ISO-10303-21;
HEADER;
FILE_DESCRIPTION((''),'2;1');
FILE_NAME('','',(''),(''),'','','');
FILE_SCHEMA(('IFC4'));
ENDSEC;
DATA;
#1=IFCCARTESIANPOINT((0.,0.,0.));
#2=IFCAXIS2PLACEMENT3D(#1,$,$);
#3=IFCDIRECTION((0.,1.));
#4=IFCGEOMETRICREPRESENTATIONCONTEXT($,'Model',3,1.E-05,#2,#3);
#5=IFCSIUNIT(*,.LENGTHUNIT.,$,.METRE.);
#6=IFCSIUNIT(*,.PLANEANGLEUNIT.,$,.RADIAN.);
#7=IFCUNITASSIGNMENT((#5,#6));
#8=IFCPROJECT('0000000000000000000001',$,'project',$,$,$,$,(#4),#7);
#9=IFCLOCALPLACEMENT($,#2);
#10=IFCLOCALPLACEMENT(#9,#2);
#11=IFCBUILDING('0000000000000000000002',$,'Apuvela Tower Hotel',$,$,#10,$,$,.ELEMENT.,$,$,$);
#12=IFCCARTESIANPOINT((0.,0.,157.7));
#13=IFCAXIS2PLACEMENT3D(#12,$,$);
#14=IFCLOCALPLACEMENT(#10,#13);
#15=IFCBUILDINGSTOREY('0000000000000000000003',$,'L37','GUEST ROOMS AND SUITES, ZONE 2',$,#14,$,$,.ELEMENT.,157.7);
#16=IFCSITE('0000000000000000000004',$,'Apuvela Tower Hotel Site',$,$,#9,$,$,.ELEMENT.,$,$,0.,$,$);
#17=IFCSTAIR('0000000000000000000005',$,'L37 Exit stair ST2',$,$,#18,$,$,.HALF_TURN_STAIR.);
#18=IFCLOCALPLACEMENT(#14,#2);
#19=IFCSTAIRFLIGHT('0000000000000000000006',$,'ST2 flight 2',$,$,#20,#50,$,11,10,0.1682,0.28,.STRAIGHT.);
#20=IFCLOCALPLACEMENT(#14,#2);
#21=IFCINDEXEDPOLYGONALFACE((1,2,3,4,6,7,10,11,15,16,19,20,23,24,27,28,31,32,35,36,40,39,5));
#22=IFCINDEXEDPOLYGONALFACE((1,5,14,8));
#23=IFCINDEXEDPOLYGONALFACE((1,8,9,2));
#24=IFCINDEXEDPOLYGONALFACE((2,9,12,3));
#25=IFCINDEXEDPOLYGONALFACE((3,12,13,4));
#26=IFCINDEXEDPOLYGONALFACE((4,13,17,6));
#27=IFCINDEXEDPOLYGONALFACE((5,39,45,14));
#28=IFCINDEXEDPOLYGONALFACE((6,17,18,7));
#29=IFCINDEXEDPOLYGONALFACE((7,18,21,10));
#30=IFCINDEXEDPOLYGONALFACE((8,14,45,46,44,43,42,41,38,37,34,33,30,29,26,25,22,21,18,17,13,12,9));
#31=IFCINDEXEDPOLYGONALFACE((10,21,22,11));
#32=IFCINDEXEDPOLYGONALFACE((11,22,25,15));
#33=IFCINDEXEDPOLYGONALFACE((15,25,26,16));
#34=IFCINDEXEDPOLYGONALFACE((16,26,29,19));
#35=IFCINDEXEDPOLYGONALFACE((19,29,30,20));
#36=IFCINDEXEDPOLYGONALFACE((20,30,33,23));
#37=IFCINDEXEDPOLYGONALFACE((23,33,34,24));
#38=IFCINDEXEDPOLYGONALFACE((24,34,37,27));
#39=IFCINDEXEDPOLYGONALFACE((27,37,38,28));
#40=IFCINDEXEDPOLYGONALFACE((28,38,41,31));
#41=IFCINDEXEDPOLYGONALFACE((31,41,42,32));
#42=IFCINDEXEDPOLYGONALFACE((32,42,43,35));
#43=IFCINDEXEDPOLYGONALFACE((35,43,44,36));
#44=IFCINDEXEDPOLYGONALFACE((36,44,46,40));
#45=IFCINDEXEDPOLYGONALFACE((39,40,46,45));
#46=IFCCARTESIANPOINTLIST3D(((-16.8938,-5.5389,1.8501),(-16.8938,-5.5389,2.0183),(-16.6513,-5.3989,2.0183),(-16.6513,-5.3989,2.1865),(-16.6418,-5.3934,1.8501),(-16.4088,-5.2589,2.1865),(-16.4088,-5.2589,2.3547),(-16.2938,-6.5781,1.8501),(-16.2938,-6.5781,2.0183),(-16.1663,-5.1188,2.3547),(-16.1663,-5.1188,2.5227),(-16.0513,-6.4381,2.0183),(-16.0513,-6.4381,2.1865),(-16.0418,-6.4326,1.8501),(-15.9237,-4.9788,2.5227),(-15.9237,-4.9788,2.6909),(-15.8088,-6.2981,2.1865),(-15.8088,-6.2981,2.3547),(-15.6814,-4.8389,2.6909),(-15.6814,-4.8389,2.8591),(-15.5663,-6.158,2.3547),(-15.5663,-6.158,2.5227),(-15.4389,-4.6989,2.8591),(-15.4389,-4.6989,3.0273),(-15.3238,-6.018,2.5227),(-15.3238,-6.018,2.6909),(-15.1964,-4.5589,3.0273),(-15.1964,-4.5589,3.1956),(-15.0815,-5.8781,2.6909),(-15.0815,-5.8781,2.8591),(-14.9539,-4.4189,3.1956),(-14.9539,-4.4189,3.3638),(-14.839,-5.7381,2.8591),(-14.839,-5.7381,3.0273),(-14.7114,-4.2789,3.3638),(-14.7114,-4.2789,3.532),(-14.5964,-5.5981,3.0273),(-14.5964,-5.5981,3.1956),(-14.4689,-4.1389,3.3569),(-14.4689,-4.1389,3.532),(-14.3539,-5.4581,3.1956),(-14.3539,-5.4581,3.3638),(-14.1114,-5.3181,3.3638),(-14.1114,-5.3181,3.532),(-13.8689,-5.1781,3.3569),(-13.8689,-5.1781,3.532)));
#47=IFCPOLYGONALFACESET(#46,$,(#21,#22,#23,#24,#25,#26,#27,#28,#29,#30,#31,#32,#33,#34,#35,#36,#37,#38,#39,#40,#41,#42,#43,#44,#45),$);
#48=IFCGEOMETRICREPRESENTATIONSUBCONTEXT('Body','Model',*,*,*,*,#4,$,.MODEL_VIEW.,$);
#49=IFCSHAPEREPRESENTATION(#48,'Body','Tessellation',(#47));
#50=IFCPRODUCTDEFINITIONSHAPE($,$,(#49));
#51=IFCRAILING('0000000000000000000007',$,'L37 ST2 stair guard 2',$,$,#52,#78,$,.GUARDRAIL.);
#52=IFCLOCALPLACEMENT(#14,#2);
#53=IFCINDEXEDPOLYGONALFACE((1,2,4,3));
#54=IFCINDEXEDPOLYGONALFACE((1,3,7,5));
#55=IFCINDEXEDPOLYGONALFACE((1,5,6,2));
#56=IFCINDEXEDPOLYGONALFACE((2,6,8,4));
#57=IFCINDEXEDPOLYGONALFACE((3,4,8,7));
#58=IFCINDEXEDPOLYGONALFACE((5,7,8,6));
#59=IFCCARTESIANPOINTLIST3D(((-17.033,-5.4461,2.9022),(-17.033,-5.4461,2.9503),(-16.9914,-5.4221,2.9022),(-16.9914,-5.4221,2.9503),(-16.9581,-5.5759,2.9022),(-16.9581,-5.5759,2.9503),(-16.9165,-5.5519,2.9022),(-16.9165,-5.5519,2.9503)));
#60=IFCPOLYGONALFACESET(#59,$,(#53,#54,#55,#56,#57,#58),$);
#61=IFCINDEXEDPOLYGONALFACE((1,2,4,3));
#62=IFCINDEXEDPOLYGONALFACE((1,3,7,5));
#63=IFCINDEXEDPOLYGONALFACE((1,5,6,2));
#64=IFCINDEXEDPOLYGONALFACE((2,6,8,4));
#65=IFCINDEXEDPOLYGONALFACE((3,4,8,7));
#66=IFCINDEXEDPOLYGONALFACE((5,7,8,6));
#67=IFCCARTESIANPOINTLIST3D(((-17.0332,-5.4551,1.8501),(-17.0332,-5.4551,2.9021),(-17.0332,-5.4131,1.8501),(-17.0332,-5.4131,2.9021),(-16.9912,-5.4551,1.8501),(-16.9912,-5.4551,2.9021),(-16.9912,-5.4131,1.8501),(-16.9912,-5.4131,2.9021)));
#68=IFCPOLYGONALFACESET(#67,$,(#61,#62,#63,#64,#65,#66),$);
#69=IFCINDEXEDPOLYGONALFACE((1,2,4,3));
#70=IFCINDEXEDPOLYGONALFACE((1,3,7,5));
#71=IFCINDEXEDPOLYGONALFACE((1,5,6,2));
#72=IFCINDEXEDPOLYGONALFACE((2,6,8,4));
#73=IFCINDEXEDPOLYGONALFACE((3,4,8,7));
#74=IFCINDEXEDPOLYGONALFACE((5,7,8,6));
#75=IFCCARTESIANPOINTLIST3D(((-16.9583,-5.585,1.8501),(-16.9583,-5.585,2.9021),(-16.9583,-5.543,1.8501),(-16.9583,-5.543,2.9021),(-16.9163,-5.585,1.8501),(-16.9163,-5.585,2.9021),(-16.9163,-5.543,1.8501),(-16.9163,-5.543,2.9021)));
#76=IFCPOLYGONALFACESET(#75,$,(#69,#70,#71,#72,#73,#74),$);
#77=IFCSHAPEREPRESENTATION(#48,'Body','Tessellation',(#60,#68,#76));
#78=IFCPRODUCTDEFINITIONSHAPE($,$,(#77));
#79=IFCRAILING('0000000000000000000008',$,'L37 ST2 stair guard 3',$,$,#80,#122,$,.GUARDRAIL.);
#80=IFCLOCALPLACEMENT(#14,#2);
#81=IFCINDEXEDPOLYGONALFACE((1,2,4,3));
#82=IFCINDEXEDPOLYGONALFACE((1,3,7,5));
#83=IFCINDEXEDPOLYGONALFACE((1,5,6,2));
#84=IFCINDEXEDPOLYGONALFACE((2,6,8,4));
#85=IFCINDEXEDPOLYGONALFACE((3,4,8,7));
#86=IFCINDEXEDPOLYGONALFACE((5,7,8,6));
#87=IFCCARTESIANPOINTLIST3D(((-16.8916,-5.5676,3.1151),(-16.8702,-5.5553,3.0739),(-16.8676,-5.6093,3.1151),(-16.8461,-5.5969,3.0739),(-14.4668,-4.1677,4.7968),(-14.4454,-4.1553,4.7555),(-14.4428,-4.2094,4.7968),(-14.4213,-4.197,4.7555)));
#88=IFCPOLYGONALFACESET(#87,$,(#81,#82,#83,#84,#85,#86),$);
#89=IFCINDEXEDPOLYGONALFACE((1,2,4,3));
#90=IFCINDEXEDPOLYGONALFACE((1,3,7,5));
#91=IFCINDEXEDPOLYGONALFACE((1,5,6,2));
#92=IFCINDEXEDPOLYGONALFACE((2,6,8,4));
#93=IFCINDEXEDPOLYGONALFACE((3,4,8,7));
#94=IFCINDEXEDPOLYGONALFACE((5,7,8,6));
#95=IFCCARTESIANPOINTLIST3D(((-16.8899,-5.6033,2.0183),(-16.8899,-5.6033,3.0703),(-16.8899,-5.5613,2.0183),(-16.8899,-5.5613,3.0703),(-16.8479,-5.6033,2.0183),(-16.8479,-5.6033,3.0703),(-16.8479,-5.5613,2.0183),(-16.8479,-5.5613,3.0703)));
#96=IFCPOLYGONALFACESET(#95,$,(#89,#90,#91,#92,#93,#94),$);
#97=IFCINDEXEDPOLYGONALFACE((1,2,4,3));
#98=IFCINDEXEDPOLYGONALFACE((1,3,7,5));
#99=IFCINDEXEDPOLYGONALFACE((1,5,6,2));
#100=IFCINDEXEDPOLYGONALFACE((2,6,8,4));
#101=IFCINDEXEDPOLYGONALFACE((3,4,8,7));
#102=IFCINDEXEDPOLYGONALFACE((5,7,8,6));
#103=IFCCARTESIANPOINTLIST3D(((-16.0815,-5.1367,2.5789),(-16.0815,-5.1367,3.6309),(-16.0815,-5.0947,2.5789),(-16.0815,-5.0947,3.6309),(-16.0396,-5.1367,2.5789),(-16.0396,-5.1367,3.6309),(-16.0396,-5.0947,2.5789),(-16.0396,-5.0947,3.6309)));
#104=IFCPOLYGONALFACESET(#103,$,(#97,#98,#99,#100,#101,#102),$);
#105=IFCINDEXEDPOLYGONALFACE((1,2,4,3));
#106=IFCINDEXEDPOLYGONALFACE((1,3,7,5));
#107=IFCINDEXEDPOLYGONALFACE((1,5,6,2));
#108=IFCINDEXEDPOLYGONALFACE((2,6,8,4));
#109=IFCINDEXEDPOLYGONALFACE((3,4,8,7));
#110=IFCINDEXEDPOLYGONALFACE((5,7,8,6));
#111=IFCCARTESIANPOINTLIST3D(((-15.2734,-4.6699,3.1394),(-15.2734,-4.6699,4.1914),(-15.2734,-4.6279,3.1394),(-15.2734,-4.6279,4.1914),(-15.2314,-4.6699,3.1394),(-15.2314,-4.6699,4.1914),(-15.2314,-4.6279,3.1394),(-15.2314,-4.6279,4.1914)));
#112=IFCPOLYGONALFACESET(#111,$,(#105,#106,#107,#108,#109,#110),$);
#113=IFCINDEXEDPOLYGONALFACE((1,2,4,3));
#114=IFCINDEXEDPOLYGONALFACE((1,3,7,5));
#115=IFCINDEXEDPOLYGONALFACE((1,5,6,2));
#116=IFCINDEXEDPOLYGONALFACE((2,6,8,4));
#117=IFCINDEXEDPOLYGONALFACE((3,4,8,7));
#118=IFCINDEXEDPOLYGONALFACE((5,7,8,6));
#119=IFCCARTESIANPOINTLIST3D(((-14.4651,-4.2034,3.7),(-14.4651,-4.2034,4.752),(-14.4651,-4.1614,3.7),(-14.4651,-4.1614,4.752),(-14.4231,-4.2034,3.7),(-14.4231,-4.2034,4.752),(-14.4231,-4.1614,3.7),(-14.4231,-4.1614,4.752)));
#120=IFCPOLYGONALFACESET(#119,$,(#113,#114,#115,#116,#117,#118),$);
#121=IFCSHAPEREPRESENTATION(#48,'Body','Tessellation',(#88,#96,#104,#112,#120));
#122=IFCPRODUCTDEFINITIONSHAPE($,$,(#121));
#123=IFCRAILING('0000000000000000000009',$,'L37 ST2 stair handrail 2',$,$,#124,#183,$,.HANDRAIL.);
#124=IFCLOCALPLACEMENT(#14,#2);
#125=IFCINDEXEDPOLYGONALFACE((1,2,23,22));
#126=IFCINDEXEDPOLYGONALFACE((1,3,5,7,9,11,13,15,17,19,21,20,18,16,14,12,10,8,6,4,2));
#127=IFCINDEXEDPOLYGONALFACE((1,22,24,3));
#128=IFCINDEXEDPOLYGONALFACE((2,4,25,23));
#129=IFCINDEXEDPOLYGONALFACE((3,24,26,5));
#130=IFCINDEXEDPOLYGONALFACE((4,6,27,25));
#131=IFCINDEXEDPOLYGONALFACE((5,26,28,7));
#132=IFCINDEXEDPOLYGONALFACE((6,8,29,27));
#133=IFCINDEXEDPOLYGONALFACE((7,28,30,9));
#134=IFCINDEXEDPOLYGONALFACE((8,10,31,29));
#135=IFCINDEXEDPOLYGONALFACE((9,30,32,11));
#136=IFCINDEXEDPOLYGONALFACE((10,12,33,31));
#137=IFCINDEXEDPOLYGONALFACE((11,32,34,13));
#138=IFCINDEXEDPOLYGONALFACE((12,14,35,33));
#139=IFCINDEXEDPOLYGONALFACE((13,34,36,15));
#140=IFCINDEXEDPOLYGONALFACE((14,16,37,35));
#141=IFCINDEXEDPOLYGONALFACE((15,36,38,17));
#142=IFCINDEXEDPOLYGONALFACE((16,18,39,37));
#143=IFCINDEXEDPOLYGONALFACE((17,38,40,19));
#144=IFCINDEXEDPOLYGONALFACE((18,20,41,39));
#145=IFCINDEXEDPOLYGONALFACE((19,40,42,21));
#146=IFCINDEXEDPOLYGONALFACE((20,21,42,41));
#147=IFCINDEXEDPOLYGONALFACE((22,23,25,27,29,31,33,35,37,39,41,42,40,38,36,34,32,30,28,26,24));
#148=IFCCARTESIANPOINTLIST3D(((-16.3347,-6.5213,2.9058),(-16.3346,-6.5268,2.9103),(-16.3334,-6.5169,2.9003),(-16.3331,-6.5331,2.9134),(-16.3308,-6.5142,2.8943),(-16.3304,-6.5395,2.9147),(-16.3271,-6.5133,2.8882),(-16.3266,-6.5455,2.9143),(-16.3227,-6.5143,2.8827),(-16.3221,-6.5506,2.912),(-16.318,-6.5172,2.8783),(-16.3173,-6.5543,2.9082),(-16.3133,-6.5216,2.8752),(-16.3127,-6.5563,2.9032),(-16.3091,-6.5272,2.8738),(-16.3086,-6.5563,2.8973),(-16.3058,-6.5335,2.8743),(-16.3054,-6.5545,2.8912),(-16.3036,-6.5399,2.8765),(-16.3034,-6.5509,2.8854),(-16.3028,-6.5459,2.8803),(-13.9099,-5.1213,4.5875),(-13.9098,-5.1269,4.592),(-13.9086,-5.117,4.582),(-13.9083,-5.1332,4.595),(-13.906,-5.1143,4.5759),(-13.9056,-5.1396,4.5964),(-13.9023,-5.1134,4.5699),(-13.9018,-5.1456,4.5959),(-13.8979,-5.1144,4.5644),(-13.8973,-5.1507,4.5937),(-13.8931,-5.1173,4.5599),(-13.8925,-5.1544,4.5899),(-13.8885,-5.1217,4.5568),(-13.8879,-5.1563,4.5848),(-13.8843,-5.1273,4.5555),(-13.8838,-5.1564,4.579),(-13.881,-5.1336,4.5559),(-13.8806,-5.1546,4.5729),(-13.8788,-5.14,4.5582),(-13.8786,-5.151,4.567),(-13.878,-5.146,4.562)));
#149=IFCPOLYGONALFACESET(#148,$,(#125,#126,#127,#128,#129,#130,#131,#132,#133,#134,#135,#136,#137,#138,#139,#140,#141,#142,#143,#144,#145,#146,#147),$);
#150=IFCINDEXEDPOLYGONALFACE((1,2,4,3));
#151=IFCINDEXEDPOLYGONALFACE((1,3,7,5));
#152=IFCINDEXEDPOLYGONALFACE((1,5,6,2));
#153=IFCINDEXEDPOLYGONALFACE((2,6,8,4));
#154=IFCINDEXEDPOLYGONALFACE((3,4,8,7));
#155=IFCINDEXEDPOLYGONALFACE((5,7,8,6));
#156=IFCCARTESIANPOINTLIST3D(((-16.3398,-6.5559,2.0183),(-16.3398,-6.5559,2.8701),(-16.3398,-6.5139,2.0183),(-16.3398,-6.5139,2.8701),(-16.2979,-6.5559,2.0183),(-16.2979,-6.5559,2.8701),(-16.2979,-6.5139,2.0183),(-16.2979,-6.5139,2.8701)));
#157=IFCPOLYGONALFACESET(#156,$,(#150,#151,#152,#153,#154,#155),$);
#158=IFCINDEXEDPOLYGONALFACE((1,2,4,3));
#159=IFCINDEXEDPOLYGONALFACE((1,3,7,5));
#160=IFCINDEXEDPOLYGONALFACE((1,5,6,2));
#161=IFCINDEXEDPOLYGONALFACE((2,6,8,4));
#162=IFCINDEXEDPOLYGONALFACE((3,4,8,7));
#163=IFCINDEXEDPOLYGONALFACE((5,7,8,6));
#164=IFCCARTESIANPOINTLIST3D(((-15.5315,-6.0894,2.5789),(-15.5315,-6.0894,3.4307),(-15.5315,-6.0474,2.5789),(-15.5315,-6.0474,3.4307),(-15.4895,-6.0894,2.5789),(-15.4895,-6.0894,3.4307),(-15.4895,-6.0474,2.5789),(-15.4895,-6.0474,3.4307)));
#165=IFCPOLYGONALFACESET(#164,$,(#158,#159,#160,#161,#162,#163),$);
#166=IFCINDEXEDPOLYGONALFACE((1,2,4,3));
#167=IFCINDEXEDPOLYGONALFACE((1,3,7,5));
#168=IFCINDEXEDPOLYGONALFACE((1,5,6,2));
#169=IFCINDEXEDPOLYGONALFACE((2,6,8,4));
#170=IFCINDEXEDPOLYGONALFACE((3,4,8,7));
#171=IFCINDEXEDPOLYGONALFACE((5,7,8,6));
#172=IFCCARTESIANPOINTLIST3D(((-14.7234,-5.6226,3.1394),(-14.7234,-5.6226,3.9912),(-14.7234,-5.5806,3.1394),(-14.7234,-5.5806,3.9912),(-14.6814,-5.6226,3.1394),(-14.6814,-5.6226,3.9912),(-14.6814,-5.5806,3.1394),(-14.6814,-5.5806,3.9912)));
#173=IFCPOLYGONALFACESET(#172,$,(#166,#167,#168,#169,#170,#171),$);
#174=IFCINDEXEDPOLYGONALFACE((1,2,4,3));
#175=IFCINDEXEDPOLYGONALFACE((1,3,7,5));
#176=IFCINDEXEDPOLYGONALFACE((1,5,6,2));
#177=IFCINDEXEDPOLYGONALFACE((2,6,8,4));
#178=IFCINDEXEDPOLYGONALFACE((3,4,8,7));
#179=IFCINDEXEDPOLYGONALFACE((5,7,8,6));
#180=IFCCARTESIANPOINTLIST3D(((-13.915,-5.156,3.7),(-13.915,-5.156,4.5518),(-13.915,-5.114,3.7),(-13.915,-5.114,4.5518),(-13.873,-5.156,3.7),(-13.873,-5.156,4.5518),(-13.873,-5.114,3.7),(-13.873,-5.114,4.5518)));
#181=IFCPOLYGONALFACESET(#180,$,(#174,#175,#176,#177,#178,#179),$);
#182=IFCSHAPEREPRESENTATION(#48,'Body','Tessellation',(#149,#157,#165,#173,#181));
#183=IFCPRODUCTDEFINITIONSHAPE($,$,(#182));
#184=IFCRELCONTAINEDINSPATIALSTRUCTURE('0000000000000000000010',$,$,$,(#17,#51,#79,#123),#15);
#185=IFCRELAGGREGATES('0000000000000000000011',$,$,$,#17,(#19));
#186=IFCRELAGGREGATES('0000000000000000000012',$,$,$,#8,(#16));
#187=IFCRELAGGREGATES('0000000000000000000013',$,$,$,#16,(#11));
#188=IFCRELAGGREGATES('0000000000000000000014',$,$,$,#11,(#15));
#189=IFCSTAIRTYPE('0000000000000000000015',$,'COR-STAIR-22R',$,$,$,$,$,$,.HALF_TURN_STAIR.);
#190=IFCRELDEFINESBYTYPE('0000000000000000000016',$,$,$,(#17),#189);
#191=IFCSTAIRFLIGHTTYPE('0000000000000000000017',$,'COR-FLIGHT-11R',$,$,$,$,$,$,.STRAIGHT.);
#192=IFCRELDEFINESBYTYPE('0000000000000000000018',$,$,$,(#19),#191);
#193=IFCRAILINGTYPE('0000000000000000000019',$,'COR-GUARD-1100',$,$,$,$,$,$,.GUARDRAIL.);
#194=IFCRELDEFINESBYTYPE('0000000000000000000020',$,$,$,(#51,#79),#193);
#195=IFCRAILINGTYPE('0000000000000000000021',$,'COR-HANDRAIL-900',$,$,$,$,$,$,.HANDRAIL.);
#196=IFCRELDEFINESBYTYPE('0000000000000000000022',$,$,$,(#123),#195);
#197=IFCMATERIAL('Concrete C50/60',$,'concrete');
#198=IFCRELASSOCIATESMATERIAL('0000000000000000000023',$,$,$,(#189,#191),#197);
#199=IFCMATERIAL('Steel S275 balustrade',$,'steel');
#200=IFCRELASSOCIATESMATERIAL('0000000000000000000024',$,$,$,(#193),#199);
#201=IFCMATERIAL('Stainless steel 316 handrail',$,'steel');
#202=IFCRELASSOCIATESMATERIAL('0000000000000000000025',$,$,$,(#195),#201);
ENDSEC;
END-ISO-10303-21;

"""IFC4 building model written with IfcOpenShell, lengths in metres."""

from ifc_helpers import new_model, si_unit, direction, frame, origin, origin_2d, place, context, subcontext, project, spatial, polyline, rectangle, circle, outline, extrude, material, type_object, element, aggregate, save


model = new_model("IFC4")

# Units and contexts
model_context = context("Model", 3, precision=1e-05, world=origin(), true_north=direction((0.0, 1.0)))
body_context = subcontext(model_context, "Body", "Model", "MODEL_VIEW")
ifc_project = project(units=[si_unit("LENGTHUNIT", "METRE"), si_unit("PLANEANGLEUNIT", "RADIAN")], contexts=[model_context])

# Site, building, storey
site_placement = place(None, origin())
site = spatial("IfcSite", under=ifc_project, at=site_placement, Name="Apuvela Tower Hotel Site", CompositionType="ELEMENT", RefElevation=0.0)
building_placement = place(site_placement, origin())
building = spatial("IfcBuilding", under=site, at=building_placement, Name="Apuvela Tower Hotel", CompositionType="ELEMENT")
storey_placement = place(building_placement, frame((0.0, 0.0, 157.7)))
storey = spatial("IfcBuildingStorey", under=building, at=storey_placement, Name="L37", Description="GUEST ROOMS AND SUITES, ZONE 2", CompositionType="ELEMENT", Elevation=157.7)

# Shared definitions
ifc_material_1 = material(Name="Concrete C50/60", Category="concrete")

# Stair, stair flight
stair_type = type_object("IfcStairType", Name="COR-STAIR-22R", PredefinedType="HALF_TURN_STAIR", material=ifc_material_1)
stair_placement = place(storey_placement, origin())
stair = element("IfcStair", 1, at=stair_placement, inside=storey, type_object=stair_type, Name="L37 Exit stair ST2", PredefinedType="HALF_TURN_STAIR")
stair_flight_type = type_object("IfcStairFlightType", Name="COR-FLIGHT-11R", PredefinedType="STRAIGHT", material=ifc_material_1)
stair_flight_placement = place(storey_placement, frame((-16.5938, -6.0586, 1.8501), z_axis=(0.0, 0.0, 1.0), x_axis=(0.866025, 0.5, 0.0)))
stair_flight = element("IfcStairFlight", 2, at=stair_flight_placement, type_object=stair_flight_type, Name="ST2 flight 2", NumberOfRisers=11, NumberOfTreads=10, PredefinedType="STRAIGHT", RiserHeight=0.1682, TreadLength=0.28, context=body_context, shape_type="SweptSolid", body=[
    extrude(outline(polyline([(0.0, 0.0), (0.0, 0.1682), (0.28, 0.1682), (0.28, 0.3364), (0.5601, 0.3364), (0.5601, 0.5046), (0.8401, 0.5046), (0.8401, 0.6726), (1.1201, 0.6726), (1.1201, 0.8408), (1.3999, 0.8408), (1.3999, 1.009), (1.6799, 1.009), (1.6799, 1.1772), (1.96, 1.1772), (1.96, 1.3455), (2.24, 1.3455), (2.24, 1.5137), (2.52, 1.5137), (2.52, 1.6819), (2.8, 1.6819), (2.8, 1.8501), (2.8, 1.5068), (0.291, 0.0), (0.0, 0.0)])), frame((0.0, 0.6001, 0.0), z_axis=(0.0, -1.0, 0.0), x_axis=(1.0, 0.0, 0.0)), (0.0, 0.0, 1.0), 1.2),
])
aggregate(stair, [stair_flight])

# Railings
ifc_material_2 = material(Name="Steel S275 balustrade", Category="steel")
railing_type_1 = type_object("IfcRailingType", Name="COR-GUARD-1100", PredefinedType="GUARDRAIL", material=ifc_material_2)
railing_1_placement = place(storey_placement, frame((-17.0122, -5.4341, 1.8501)))
element("IfcRailing", 3, at=railing_1_placement, inside=storey, type_object=railing_type_1, Name="L37 ST2 stair guard 2", PredefinedType="GUARDRAIL", context=body_context, shape_type="SweptSolid", body=[
    extrude(rectangle(XDim=0.0481, YDim=0.0481, at=origin_2d()), frame((0.0, 0.0, 1.0762), z_axis=(0.499816, -0.866131, 0.0), x_axis=(0.866131, 0.499816, 0.0)), (0.0, 0.0, 1.0), 0.1499),
    extrude(rectangle(XDim=0.042, YDim=0.042, at=origin_2d()), origin(), (0.0, 0.0, 1.0), 1.052),
    extrude(rectangle(XDim=0.042, YDim=0.042, at=origin_2d()), frame((0.075, -0.1299, 0.0)), (0.0, 0.0, 1.0), 1.052),
])
railing_2_placement = place(storey_placement, frame((-16.8689, -5.5823, 2.0183)))
element("IfcRailing", 4, at=railing_2_placement, inside=storey, type_object=railing_type_1, Name="L37 ST2 stair guard 3", PredefinedType="GUARDRAIL", context=body_context, shape_type="SweptSolid", body=[
    extrude(rectangle(XDim=0.0481, YDim=0.0481, at=origin_2d()), frame((0.0, 0.0, 1.0762), z_axis=(0.742419, 0.428618, 0.514879), x_axis=(-0.499984, 0.866035, 0.0)), (0.0, 0.0, 1.0), 3.2661),
    extrude(rectangle(XDim=0.042, YDim=0.042, at=origin_2d()), origin(), (0.0, 0.0, 1.0), 1.052),
    extrude(rectangle(XDim=0.042, YDim=0.042, at=origin_2d()), frame((0.8083, 0.4666, 0.5605)), (0.0, 0.0, 1.0), 1.052),
    extrude(rectangle(XDim=0.042, YDim=0.042, at=origin_2d()), frame((1.6165, 0.9333, 1.1211)), (0.0, 0.0, 1.0), 1.052),
    extrude(rectangle(XDim=0.042, YDim=0.042, at=origin_2d()), frame((2.4248, 1.3999, 1.6816)), (0.0, 0.0, 1.0), 1.052),
])
ifc_material_3 = material(Name="Stainless steel 316 handrail", Category="steel")
railing_type_2 = type_object("IfcRailingType", Name="COR-HANDRAIL-900", PredefinedType="HANDRAIL", material=ifc_material_3)
railing_3_placement = place(storey_placement, frame((-16.3188, -6.5349, 2.0183)))
element("IfcRailing", 5, at=railing_3_placement, inside=storey, type_object=railing_type_2, Name="L37 ST2 stair handrail 2", PredefinedType="HANDRAIL", context=body_context, shape_type="SweptSolid", body=[
    extrude(circle(Radius=0.0239, at=origin_2d()), frame((0.0, 0.0, 0.876), z_axis=(0.742419, 0.428618, 0.514879), x_axis=(-0.499984, 0.866035, 0.0)), (0.0, 0.0, 1.0), 3.2661),
    extrude(rectangle(XDim=0.042, YDim=0.042, at=origin_2d()), origin(), (0.0, 0.0, 1.0), 0.8518),
    extrude(rectangle(XDim=0.042, YDim=0.042, at=origin_2d()), frame((0.8083, 0.4666, 0.5605)), (0.0, 0.0, 1.0), 0.8518),
    extrude(rectangle(XDim=0.042, YDim=0.042, at=origin_2d()), frame((1.6165, 0.9333, 1.1211)), (0.0, 0.0, 1.0), 0.8518),
    extrude(rectangle(XDim=0.042, YDim=0.042, at=origin_2d()), frame((2.4248, 1.3999, 1.6816)), (0.0, 0.0, 1.0), 0.8518),
])

save(model, "model.ifc")
